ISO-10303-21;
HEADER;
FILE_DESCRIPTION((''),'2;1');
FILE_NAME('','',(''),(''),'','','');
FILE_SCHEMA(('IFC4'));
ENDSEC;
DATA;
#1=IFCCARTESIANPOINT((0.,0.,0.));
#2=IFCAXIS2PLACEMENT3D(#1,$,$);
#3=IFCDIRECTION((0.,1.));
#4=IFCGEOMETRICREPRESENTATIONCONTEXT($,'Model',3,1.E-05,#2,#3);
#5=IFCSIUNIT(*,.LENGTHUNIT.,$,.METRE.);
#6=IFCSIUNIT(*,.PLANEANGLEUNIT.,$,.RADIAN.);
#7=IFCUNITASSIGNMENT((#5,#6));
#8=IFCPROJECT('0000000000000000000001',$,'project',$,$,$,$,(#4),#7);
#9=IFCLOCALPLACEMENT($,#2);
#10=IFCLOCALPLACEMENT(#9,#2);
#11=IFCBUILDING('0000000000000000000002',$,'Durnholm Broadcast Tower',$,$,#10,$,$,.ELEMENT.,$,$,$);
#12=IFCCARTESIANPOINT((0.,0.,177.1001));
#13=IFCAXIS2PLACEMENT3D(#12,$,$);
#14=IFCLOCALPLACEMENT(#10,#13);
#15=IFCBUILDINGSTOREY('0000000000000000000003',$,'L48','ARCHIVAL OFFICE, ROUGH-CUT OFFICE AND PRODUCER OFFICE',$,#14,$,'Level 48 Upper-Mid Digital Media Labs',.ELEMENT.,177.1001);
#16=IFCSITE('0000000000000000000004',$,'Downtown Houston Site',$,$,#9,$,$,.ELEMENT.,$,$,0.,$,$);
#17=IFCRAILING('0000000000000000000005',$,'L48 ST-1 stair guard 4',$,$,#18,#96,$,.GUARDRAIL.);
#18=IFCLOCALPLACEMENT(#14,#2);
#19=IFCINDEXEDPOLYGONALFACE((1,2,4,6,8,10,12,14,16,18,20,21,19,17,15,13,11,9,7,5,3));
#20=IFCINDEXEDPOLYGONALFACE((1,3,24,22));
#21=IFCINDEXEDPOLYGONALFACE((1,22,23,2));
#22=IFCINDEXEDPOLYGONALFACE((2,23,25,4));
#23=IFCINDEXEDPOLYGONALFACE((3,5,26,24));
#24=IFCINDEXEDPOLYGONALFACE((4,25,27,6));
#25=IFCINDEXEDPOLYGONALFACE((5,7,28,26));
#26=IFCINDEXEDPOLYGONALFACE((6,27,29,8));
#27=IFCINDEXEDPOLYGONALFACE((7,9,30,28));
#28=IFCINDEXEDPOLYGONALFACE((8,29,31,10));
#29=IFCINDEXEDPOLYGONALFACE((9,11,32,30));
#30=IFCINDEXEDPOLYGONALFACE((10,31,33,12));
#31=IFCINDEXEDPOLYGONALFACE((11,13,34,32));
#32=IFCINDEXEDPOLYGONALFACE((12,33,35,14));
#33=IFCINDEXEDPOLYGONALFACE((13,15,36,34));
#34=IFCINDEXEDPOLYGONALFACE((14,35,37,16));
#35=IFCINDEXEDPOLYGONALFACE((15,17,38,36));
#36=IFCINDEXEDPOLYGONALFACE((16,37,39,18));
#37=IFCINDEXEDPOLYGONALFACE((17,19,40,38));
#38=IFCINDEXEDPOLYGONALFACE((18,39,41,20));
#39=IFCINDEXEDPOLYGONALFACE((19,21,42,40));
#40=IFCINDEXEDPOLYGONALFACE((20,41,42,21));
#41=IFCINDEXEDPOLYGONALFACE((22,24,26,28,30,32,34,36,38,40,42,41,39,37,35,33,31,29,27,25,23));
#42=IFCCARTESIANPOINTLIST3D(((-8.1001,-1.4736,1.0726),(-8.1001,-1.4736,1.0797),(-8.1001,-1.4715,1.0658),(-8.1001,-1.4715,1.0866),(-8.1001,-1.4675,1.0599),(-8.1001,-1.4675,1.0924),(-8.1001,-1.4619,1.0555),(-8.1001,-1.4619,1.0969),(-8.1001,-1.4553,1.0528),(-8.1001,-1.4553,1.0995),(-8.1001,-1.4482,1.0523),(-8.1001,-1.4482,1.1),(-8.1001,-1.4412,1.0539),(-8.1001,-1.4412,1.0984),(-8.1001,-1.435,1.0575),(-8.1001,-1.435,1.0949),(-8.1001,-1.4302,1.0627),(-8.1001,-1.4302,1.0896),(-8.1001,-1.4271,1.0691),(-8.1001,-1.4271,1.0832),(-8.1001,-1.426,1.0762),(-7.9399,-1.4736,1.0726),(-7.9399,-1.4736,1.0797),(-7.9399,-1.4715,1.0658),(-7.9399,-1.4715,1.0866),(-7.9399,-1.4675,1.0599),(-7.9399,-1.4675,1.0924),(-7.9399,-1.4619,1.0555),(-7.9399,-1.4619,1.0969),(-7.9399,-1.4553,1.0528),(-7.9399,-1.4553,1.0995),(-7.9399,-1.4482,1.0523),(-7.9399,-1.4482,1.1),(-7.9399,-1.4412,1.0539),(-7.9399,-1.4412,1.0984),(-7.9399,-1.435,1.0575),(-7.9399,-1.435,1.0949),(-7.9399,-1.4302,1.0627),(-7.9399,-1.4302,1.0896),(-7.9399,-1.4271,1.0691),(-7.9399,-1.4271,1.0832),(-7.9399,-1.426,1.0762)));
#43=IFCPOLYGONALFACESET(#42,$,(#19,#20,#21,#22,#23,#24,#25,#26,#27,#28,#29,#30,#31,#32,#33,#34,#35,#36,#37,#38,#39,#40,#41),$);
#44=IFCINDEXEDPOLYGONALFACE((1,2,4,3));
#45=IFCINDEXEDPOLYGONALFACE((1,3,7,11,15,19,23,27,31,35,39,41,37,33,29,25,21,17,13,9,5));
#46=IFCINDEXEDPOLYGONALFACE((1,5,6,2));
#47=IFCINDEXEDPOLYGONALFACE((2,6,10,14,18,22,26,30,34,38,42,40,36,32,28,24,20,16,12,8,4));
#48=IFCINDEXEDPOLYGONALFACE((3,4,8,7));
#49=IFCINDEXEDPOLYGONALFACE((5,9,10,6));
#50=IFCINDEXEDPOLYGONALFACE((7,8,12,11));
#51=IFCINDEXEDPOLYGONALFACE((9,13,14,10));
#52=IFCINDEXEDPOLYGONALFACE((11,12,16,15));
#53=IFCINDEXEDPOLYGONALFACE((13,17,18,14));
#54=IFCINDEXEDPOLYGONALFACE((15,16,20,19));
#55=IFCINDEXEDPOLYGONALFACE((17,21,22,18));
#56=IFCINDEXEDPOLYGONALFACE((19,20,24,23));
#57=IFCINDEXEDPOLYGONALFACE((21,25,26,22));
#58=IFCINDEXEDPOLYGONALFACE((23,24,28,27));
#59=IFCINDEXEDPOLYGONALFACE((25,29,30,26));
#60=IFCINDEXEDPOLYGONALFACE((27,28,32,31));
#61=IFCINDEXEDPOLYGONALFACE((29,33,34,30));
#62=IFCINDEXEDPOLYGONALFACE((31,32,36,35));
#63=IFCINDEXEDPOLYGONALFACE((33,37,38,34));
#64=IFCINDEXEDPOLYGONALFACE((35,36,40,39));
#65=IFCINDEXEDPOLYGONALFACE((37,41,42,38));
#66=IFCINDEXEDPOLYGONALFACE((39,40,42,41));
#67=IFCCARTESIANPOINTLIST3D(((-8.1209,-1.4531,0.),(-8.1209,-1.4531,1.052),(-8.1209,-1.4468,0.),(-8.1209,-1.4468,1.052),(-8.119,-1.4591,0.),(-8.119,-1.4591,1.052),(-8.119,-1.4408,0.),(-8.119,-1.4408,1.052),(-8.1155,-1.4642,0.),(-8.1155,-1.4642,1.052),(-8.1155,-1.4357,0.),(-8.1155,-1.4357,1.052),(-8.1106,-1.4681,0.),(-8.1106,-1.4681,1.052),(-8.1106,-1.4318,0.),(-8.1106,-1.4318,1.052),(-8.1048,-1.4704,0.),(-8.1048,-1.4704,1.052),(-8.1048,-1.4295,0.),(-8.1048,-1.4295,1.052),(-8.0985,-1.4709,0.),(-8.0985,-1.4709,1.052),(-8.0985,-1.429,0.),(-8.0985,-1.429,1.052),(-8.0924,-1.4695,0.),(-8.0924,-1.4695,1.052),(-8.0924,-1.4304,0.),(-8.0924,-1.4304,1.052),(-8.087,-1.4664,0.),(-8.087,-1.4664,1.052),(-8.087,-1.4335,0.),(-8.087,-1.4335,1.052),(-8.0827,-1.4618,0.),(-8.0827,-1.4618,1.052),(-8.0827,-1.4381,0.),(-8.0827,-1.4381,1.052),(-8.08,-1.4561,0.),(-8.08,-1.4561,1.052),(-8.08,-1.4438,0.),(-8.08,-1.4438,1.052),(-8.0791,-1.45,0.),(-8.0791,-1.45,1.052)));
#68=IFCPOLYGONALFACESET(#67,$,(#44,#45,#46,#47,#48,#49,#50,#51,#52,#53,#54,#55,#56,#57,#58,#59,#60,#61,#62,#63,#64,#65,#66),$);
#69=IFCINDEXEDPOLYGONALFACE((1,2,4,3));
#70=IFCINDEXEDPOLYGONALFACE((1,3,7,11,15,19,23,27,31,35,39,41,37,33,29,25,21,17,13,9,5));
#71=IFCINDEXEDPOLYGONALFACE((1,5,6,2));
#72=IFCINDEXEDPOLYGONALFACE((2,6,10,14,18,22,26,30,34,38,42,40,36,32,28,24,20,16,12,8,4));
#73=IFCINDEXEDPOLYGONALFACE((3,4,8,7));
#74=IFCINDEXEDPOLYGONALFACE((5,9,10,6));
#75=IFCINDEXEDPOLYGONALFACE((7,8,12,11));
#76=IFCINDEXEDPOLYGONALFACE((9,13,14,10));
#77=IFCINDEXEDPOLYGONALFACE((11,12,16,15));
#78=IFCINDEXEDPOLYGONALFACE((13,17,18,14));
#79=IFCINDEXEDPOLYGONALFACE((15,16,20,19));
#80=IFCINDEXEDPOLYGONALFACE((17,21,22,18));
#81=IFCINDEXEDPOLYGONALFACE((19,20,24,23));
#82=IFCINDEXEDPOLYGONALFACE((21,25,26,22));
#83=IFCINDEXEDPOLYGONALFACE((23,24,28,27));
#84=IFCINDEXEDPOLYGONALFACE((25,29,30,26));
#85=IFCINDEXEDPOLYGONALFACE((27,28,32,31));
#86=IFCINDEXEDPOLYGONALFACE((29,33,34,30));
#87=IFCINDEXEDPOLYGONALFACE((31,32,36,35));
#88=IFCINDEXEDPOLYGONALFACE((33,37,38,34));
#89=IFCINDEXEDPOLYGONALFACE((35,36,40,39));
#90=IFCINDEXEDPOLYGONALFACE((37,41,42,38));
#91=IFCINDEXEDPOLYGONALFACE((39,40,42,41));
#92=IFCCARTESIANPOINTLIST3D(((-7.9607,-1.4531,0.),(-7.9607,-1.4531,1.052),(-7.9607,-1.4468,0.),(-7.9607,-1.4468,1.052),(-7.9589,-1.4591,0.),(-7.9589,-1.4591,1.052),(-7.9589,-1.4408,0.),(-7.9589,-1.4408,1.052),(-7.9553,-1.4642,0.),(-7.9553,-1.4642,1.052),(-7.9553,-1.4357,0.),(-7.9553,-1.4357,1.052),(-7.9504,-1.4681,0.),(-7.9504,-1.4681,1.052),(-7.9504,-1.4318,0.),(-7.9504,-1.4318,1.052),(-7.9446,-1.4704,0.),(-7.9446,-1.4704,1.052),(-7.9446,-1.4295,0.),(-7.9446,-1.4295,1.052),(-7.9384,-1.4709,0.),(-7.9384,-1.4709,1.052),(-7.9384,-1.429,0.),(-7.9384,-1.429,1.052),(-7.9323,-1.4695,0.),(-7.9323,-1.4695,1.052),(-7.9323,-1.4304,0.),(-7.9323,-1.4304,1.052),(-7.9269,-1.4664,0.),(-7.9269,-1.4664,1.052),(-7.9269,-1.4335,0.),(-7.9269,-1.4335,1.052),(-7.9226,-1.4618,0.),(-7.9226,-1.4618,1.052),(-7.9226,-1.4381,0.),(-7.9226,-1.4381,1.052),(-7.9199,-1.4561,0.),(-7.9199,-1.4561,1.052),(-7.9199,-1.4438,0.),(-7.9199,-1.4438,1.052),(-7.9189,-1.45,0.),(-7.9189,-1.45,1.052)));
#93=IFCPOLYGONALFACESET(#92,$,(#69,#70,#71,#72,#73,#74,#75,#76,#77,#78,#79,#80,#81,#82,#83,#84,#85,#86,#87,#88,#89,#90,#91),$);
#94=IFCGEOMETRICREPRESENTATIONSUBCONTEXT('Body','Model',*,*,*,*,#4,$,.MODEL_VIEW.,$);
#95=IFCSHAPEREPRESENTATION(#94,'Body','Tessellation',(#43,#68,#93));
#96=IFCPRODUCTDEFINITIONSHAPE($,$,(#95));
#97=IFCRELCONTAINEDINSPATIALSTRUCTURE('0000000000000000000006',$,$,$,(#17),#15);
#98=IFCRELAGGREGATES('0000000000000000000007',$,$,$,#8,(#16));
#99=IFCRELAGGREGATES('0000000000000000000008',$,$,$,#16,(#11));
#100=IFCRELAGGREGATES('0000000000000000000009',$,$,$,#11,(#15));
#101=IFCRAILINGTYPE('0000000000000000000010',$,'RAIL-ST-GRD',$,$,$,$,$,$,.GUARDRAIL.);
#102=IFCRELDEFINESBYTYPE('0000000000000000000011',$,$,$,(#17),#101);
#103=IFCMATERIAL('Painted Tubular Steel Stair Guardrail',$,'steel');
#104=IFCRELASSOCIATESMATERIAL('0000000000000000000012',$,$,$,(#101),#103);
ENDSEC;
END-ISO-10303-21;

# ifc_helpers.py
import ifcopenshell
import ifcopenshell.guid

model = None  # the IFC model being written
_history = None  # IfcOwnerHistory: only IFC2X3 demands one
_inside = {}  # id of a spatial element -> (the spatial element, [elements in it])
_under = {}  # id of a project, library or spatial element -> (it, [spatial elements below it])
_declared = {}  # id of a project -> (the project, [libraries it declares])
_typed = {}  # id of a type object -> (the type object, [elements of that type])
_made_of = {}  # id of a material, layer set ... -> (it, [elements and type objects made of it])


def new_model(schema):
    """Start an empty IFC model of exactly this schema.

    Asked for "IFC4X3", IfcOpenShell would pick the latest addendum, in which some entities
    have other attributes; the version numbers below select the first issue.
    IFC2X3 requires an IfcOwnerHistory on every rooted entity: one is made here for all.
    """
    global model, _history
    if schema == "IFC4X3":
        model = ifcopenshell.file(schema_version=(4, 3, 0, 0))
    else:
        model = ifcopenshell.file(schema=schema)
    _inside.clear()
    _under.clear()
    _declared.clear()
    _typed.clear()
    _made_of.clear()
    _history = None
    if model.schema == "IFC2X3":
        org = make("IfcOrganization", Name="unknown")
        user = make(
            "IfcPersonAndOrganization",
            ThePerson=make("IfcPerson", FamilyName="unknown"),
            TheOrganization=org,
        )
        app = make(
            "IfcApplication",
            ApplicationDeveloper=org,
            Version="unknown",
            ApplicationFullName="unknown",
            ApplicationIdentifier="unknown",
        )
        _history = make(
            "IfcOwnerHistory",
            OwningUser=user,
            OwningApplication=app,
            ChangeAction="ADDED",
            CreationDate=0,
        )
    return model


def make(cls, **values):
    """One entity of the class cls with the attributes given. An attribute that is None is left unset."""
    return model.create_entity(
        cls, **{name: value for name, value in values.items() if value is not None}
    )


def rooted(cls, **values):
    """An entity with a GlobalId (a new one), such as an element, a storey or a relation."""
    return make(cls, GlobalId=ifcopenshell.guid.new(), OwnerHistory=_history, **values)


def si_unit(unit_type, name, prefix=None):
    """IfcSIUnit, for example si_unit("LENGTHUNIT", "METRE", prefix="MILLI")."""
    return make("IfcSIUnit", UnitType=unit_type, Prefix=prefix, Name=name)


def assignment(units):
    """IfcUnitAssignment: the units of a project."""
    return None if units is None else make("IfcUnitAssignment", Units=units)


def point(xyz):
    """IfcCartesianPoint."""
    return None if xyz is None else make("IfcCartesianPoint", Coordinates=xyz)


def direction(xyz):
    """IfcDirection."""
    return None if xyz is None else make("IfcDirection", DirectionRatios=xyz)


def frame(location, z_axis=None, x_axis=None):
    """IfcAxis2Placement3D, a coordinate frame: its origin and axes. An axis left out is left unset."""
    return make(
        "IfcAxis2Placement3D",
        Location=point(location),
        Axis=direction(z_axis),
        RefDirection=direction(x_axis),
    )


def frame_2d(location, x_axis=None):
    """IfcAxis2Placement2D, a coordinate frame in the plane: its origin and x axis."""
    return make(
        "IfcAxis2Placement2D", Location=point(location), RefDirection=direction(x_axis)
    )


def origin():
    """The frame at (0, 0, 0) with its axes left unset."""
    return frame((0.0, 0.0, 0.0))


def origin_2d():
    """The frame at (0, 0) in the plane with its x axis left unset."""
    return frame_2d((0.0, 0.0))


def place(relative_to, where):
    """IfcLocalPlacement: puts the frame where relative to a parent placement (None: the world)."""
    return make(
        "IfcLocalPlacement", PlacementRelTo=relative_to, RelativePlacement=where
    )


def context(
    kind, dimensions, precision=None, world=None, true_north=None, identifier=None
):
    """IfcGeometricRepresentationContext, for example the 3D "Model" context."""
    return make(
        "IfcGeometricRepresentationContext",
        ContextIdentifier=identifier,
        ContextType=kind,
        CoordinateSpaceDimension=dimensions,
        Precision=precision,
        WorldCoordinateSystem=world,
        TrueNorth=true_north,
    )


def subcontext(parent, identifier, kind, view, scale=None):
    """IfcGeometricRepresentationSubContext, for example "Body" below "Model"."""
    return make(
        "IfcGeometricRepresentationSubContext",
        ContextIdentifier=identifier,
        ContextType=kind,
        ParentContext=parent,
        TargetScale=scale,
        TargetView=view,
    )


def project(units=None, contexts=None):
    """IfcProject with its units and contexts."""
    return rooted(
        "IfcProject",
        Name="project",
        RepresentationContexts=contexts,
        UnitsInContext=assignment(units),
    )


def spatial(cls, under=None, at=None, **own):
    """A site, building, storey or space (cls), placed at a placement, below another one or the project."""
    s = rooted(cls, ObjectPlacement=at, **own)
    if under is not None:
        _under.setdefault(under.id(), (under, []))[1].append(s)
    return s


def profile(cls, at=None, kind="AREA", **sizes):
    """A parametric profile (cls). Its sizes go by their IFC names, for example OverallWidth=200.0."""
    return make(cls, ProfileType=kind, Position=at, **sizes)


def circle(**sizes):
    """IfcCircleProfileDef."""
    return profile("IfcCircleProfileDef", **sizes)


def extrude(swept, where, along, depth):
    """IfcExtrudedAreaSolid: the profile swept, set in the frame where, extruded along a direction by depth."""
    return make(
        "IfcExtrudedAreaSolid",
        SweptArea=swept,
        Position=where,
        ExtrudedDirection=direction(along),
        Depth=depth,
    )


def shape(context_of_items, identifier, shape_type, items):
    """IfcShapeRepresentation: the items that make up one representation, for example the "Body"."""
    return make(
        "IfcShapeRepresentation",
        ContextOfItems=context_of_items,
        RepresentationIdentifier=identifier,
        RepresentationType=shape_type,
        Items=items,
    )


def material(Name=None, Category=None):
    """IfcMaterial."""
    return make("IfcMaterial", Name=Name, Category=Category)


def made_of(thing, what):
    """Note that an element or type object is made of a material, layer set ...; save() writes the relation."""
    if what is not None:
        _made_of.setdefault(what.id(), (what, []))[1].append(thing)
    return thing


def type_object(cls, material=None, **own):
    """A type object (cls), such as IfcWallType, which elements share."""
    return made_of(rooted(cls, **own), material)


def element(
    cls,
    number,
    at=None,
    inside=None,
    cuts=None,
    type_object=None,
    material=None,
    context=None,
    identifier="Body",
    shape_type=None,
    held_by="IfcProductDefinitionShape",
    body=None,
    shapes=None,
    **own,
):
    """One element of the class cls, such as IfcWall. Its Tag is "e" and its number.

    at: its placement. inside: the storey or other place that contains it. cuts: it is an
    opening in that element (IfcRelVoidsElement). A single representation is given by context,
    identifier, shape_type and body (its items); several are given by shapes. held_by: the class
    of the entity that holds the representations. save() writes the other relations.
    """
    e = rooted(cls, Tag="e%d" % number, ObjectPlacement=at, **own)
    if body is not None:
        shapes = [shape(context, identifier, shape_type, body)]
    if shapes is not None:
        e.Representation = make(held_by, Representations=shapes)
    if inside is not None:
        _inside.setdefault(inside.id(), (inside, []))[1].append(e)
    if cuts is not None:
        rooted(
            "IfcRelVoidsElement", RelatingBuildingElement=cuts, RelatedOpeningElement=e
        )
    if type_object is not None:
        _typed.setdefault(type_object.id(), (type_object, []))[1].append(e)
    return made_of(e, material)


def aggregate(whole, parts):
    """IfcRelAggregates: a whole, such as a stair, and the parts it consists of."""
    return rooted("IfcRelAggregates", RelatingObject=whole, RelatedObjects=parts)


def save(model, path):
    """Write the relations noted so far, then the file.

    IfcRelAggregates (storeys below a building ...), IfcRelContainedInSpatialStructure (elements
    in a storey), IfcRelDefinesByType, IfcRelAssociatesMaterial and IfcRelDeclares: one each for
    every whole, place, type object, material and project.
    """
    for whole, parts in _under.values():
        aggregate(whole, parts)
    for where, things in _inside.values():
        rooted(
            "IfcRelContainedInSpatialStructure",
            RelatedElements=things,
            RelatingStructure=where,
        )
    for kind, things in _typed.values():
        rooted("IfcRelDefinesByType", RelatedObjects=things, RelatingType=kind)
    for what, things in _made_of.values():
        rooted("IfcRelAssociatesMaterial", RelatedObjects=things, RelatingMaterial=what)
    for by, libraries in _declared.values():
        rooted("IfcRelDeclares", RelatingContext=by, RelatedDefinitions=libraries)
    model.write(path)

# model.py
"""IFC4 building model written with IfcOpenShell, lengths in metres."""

from ifc_helpers import new_model, si_unit, direction, frame, origin, origin_2d, place, context, subcontext, project, spatial, circle, extrude, material, type_object, element, save


model = new_model("IFC4")

# Units and contexts
model_context = context("Model", 3, precision=1e-05, world=origin(), true_north=direction((0.0, 1.0)))
body_context = subcontext(model_context, "Body", "Model", "MODEL_VIEW")
ifc_project = project(units=[si_unit("LENGTHUNIT", "METRE"), si_unit("PLANEANGLEUNIT", "RADIAN")], contexts=[model_context])

# Site, building, storey
site_placement = place(None, origin())
site = spatial("IfcSite", under=ifc_project, at=site_placement, Name="Downtown Houston Site", CompositionType="ELEMENT", RefElevation=0.0)
building_placement = place(site_placement, origin())
building = spatial("IfcBuilding", under=site, at=building_placement, Name="Durnholm Broadcast Tower", CompositionType="ELEMENT")
storey_placement = place(building_placement, frame((0.0, 0.0, 177.1001)))
storey = spatial("IfcBuildingStorey", under=building, at=storey_placement, Name="L48", Description="ARCHIVAL OFFICE, ROUGH-CUT OFFICE AND PRODUCER OFFICE", LongName="Level 48 Upper-Mid Digital Media Labs", CompositionType="ELEMENT", Elevation=177.1001)

# Railing
ifc_material_1 = material(Name="Painted Tubular Steel Stair Guardrail", Category="steel")
railing_type_1 = type_object("IfcRailingType", Name="RAIL-ST-GRD", PredefinedType="GUARDRAIL", material=ifc_material_1)
railing_1_placement = place(storey_placement, frame((-8.1001, -1.45, 0.0)))
element("IfcRailing", 1, at=railing_1_placement, inside=storey, type_object=railing_type_1, Name="L48 ST-1 stair guard 4", PredefinedType="GUARDRAIL", context=body_context, shape_type="SweptSolid", body=[
    extrude(circle(Radius=0.0239, at=origin_2d()), frame((0.0, 0.0, 1.0762), z_axis=(1.0, 0.0, 0.0), x_axis=(0.0, 1.0, 0.0)), (0.0, 0.0, 1.0), 0.1602),
    extrude(circle(Radius=0.021, at=origin_2d()), origin(), (0.0, 0.0, 1.0), 1.052),
    extrude(circle(Radius=0.021, at=origin_2d()), frame((0.1602, 0.0, 0.0)), (0.0, 0.0, 1.0), 1.052),
])

save(model, "model.ifc")
